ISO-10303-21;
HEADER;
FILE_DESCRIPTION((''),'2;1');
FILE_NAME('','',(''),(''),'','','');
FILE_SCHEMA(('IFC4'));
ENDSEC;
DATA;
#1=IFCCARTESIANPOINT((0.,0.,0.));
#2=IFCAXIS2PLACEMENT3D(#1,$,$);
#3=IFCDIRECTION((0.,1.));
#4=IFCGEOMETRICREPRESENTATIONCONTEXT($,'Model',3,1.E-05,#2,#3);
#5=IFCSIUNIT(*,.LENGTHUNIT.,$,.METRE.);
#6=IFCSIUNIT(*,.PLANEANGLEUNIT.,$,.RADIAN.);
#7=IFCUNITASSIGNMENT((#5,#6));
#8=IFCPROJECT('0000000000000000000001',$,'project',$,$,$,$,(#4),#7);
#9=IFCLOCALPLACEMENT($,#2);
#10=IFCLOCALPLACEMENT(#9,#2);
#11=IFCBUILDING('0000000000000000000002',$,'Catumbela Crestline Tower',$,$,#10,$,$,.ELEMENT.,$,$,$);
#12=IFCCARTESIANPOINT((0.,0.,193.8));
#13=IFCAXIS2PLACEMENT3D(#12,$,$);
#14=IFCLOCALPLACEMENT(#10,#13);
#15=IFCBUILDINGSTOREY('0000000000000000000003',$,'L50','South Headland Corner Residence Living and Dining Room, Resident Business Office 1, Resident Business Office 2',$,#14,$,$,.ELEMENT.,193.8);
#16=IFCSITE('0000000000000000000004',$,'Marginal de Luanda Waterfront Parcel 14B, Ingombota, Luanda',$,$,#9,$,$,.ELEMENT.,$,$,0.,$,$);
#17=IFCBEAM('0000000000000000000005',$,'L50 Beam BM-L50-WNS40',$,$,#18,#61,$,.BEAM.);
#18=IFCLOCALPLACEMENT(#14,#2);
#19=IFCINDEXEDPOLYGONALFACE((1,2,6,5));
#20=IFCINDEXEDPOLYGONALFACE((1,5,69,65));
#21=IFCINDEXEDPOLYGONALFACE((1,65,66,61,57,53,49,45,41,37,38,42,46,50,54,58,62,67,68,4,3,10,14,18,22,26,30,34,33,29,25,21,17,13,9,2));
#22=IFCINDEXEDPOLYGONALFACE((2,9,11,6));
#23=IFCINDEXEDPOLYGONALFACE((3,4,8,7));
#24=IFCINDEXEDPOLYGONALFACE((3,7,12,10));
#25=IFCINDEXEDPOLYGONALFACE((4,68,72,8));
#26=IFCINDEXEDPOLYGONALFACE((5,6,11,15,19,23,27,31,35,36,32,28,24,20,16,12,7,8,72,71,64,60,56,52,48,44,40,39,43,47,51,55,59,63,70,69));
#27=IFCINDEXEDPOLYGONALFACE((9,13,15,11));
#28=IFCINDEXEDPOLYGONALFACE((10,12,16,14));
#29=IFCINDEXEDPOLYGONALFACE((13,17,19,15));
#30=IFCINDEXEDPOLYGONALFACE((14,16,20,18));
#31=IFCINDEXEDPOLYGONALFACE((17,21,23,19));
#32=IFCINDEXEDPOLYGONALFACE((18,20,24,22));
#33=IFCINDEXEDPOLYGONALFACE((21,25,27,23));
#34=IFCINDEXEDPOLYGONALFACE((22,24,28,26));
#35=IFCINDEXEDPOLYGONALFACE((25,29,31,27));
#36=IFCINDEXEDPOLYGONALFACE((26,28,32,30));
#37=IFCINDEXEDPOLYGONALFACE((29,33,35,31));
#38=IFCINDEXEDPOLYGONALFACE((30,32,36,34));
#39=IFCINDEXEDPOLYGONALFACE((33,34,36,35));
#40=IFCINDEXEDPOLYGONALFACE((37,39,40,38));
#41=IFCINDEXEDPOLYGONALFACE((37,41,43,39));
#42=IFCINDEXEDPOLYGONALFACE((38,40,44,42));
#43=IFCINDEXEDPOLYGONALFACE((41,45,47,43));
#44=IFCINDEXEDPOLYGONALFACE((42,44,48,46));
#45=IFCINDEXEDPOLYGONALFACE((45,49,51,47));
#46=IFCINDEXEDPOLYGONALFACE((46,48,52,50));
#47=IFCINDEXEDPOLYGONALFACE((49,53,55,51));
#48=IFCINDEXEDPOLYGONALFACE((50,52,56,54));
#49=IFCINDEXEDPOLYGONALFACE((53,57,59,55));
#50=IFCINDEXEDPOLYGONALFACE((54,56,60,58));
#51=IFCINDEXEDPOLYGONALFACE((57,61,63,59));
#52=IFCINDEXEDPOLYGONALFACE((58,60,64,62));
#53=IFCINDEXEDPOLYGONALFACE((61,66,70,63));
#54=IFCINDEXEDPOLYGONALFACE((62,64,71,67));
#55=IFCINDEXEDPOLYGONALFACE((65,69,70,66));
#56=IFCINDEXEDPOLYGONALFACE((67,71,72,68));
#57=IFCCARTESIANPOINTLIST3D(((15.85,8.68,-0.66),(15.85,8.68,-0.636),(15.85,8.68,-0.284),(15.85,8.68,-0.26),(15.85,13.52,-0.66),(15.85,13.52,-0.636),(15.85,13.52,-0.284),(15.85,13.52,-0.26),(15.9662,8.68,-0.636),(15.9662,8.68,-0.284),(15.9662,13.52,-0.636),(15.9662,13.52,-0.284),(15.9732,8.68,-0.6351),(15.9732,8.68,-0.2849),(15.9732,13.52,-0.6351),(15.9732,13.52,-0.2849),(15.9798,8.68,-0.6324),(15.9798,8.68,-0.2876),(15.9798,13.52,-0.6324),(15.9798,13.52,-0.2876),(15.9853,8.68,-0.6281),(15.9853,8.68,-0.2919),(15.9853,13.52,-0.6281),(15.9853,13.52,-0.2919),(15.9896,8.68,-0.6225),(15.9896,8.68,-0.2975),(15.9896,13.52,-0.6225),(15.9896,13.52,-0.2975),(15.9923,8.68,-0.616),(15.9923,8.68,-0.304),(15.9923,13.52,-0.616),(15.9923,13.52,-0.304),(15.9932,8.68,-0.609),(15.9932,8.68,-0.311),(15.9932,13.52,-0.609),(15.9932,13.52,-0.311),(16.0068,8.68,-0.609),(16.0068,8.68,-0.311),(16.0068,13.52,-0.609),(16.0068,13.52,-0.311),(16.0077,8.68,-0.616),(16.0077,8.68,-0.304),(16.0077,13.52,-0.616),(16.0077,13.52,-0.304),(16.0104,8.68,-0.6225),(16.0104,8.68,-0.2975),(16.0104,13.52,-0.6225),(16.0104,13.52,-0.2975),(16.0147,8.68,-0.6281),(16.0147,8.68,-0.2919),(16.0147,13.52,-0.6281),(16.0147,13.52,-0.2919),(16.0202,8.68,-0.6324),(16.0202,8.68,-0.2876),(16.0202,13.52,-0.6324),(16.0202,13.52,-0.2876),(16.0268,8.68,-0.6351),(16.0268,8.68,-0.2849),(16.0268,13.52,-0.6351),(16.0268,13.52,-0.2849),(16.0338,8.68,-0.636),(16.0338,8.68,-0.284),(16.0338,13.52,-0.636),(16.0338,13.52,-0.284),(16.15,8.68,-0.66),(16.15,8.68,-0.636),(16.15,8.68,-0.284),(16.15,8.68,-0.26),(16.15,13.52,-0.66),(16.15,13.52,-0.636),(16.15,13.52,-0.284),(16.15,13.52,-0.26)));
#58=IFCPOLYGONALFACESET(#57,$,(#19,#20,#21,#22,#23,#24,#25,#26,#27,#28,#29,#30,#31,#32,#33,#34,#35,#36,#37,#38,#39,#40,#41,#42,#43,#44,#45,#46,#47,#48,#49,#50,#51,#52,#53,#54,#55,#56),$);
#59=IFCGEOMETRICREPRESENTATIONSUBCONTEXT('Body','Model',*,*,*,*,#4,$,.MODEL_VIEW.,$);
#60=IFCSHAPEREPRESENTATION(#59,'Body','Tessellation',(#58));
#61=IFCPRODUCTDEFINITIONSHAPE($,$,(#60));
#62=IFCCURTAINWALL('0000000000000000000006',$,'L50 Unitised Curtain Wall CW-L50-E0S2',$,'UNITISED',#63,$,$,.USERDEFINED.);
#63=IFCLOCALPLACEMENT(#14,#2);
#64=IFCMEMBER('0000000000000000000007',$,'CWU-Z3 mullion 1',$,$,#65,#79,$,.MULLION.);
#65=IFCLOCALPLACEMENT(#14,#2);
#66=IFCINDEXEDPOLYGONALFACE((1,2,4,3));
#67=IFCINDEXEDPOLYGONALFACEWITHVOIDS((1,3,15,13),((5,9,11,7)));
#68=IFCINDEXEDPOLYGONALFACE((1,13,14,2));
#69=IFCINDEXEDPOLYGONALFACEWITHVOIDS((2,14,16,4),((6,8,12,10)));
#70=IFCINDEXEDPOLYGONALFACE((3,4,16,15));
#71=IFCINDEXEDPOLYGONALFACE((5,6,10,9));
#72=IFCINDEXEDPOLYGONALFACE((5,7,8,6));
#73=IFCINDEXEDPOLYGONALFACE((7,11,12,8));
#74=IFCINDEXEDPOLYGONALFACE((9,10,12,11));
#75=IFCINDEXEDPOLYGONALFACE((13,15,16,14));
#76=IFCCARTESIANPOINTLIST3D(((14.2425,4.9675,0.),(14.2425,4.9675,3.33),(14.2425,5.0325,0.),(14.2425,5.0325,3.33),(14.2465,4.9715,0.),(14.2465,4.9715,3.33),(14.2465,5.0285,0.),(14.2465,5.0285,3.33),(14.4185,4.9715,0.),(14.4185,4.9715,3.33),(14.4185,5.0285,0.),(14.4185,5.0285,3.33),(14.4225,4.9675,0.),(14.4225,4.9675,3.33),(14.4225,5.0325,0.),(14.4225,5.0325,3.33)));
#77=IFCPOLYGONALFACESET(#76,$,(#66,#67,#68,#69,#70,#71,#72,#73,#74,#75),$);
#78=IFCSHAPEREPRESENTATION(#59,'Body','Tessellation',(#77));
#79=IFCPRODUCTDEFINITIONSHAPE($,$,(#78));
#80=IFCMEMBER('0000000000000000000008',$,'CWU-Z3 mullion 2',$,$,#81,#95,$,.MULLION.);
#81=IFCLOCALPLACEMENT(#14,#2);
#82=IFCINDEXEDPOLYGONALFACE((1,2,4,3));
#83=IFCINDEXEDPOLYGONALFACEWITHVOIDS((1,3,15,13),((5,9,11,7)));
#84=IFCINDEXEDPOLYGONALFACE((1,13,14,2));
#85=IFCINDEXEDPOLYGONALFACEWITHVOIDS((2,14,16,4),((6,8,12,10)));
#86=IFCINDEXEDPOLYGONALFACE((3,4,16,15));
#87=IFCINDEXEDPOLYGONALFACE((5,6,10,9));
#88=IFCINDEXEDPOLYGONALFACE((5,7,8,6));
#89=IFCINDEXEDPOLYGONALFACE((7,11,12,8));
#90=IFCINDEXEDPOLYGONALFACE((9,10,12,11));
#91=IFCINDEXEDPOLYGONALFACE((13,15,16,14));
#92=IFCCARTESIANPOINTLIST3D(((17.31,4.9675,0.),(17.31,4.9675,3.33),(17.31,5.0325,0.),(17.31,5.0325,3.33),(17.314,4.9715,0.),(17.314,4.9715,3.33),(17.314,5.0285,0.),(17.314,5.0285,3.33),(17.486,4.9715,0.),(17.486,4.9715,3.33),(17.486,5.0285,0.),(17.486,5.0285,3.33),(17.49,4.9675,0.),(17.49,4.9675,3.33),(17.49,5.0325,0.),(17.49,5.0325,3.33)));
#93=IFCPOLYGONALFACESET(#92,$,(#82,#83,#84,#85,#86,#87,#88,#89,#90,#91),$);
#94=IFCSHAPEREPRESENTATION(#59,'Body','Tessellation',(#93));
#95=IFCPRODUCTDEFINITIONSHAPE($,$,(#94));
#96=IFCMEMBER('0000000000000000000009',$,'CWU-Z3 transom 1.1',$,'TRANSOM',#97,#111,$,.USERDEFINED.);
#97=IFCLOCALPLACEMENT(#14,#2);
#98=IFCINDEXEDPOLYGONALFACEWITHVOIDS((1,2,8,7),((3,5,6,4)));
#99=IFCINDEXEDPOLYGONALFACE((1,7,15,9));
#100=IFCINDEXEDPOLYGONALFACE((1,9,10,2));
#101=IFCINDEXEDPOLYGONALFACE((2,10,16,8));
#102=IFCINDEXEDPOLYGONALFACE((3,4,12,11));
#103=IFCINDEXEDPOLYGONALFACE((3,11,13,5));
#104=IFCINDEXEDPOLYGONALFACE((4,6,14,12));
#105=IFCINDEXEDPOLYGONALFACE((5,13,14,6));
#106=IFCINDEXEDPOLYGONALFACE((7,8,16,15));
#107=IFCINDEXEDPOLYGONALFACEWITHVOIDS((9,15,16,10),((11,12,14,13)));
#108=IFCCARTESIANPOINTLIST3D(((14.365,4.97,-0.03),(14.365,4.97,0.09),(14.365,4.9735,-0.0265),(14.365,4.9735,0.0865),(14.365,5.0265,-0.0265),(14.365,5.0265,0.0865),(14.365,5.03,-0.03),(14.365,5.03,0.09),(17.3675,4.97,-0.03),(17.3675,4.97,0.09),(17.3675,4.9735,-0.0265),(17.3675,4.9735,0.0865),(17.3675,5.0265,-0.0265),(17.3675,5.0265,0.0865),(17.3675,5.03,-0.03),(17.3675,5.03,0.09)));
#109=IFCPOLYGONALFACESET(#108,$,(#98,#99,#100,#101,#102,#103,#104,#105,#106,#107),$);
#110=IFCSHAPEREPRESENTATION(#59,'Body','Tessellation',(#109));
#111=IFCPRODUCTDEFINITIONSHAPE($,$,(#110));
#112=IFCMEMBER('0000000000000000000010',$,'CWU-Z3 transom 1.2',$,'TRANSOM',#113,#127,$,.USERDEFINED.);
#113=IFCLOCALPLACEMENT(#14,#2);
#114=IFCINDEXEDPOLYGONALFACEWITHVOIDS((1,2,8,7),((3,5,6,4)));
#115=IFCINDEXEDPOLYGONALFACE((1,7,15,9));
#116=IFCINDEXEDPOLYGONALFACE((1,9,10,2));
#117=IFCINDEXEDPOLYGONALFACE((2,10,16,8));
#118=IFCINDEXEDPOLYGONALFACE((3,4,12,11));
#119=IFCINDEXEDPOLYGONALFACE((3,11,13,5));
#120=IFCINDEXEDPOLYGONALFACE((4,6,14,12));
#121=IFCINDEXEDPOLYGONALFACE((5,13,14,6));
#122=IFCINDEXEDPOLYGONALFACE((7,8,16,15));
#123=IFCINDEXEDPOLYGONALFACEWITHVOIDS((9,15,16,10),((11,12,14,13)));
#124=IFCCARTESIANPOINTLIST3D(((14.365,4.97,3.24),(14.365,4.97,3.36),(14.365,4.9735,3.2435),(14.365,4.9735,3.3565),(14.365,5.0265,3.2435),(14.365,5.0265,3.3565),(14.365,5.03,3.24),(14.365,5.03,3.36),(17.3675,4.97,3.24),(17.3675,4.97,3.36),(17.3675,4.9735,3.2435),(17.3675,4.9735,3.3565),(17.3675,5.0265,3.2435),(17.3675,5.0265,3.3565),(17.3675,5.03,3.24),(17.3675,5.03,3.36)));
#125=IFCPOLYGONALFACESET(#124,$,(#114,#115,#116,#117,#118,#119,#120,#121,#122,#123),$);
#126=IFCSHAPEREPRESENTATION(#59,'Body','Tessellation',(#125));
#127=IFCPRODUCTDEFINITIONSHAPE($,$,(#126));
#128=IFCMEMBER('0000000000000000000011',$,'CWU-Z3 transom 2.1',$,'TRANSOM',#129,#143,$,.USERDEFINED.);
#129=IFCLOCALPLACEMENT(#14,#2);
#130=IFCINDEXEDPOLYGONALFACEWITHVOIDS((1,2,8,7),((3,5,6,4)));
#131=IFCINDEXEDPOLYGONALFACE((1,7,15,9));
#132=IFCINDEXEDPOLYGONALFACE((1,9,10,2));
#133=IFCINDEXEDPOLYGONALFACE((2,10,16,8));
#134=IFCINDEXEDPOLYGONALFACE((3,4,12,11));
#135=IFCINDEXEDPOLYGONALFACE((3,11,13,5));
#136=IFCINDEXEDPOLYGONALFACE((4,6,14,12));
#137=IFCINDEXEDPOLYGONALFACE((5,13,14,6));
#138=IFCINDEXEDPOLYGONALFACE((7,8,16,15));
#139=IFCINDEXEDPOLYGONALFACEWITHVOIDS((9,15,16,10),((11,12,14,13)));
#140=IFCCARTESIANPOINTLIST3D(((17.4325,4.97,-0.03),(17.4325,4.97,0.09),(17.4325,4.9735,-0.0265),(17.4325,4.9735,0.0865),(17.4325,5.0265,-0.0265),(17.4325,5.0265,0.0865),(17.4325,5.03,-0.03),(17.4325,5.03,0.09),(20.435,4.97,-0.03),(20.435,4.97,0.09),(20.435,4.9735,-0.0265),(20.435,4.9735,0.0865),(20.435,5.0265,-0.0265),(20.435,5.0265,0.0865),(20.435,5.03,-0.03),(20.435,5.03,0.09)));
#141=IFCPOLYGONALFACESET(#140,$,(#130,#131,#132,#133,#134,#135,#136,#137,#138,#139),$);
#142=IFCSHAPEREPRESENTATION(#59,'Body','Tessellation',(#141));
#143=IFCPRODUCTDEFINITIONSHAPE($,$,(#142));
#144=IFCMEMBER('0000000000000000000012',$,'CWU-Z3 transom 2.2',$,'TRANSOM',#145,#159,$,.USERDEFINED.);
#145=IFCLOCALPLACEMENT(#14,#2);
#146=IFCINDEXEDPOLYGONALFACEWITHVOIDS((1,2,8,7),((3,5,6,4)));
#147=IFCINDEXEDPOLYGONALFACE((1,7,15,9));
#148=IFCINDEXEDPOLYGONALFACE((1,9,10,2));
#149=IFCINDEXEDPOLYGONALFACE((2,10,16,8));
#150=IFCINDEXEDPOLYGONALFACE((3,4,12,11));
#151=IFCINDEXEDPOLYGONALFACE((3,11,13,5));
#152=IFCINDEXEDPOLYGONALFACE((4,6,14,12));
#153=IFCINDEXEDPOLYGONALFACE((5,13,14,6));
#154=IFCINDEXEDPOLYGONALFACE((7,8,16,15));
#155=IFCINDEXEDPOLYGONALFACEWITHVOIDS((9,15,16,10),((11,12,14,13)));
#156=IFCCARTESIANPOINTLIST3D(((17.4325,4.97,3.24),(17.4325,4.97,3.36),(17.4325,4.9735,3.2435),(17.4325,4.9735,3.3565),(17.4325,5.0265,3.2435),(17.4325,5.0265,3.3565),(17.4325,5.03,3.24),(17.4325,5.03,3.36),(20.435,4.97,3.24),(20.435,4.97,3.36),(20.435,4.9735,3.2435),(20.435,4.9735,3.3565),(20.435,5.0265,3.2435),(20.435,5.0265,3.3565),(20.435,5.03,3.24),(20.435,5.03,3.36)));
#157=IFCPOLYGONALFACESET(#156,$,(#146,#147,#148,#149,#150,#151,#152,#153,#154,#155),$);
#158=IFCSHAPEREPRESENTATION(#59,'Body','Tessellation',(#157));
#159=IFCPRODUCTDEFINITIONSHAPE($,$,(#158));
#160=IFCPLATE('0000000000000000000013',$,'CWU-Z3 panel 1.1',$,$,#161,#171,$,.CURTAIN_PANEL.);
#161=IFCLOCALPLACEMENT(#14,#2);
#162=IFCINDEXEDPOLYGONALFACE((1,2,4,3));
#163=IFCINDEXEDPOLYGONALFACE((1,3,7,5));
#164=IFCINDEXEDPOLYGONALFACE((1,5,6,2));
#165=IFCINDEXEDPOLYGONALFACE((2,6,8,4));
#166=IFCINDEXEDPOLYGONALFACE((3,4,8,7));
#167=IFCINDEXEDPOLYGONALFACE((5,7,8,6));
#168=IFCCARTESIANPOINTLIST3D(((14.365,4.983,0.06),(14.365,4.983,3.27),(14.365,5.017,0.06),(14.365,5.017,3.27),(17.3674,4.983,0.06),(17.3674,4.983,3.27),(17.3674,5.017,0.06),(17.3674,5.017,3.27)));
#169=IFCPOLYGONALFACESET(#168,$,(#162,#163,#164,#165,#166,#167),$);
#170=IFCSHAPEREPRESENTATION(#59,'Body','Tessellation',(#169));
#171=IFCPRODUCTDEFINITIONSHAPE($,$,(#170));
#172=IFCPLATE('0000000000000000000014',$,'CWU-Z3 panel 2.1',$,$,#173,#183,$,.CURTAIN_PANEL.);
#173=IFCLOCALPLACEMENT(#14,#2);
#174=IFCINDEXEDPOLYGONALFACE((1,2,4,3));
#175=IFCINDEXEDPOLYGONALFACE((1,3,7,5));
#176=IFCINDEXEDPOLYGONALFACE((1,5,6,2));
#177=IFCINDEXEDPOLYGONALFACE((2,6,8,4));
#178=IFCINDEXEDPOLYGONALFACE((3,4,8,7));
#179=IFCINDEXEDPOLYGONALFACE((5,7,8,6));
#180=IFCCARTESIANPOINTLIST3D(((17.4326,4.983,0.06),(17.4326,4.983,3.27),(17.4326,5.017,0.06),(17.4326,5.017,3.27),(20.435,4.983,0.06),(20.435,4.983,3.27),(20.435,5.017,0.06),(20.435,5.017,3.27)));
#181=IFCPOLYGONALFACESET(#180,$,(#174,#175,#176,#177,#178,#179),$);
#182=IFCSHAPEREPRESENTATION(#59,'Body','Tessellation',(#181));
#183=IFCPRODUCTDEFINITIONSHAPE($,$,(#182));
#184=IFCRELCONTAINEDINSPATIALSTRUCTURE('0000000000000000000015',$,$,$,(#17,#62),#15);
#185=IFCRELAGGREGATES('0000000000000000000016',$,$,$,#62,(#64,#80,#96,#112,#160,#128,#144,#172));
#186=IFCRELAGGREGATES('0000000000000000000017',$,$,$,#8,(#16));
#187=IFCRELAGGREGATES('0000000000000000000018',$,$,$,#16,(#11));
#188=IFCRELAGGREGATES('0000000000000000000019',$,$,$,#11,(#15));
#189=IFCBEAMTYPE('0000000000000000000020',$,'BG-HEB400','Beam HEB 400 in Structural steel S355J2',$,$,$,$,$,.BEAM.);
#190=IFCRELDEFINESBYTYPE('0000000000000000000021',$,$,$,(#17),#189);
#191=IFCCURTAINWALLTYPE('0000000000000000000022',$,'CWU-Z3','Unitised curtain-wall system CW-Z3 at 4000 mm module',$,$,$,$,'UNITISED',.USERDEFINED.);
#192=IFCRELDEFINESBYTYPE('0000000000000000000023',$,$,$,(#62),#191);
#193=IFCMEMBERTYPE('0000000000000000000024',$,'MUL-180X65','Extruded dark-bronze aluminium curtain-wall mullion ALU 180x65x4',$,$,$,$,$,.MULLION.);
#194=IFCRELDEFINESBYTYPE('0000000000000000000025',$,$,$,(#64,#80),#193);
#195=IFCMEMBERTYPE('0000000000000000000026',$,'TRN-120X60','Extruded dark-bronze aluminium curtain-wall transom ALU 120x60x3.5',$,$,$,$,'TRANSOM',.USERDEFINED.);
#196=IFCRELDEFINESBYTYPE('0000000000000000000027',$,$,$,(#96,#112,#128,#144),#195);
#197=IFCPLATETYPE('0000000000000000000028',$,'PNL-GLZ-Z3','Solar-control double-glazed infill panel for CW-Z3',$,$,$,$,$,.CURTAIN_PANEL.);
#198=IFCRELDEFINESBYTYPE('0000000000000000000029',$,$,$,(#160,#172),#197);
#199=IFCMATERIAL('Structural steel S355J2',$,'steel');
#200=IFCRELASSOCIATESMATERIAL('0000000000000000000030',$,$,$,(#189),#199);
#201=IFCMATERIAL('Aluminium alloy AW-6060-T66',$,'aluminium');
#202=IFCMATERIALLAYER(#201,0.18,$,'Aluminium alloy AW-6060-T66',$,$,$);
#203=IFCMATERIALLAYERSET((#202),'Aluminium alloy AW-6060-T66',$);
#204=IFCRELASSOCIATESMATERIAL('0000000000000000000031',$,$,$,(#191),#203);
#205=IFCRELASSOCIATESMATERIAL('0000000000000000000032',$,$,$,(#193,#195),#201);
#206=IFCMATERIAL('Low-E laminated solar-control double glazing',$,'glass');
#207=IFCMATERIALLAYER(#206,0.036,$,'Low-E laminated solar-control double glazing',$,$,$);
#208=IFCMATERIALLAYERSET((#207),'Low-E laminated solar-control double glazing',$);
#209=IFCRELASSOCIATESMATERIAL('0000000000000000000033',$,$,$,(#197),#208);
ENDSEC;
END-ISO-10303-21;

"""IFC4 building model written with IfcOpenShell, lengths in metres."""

from ifc_helpers import new_model, si_unit, direction, frame, origin, origin_2d, place, context, subcontext, project, spatial, rectangle, hollow_rectangle, i_section, extrude, material, layer, layer_set, material_profile, profile_set, type_object, element, aggregate, save


model = new_model("IFC4")

# Units and contexts
model_context = context("Model", 3, precision=1e-05, world=origin(), true_north=direction((0.0, 1.0)))
body_context = subcontext(model_context, "Body", "Model", "MODEL_VIEW")
ifc_project = project(units=[si_unit("LENGTHUNIT", "METRE"), si_unit("PLANEANGLEUNIT", "RADIAN")], contexts=[model_context])

# Site, building, storey
site_placement = place(None, origin())
site = spatial("IfcSite", under=ifc_project, at=site_placement, Name="Marginal de Luanda Waterfront Parcel 14B, Ingombota, Luanda", CompositionType="ELEMENT", RefElevation=0.0)
building_placement = place(site_placement, origin())
building = spatial("IfcBuilding", under=site, at=building_placement, Name="Catumbela Crestline Tower", CompositionType="ELEMENT")
storey_placement = place(building_placement, frame((0.0, 0.0, 193.8)))
storey = spatial("IfcBuildingStorey", under=building, at=storey_placement, Name="L50", Description="South Headland Corner Residence Living and Dining Room, Resident Business Office 1, Resident Business Office 2", CompositionType="ELEMENT", Elevation=193.8)

# Shared definitions
ifc_material_1 = material(Name="Structural steel S355J2", Category="steel")

# Beam
ifc_material_profile_1 = material_profile(ifc_material_1, i_section(OverallWidth=0.3, OverallDepth=0.4, WebThickness=0.0135, FlangeThickness=0.024, FilletRadius=0.027, at=origin_2d()), Name="HEB 400")
ifc_profile_set_1 = profile_set([ifc_material_profile_1], Name="Structural steel S355J2")
beam_type = type_object("IfcBeamType", Name="BG-HEB400", Description="Beam HEB 400 in Structural steel S355J2", PredefinedType="BEAM", material=ifc_profile_set_1)
for number, where, z_axis, x_axis, name in (
    (1, (16.0, 8.68, -0.46), (0.0, 1.0, 0.0), (-1.0, 0.0, 0.0), "L50 Beam BM-L50-WNS40"),
):
    element("IfcBeam", number, at=place(storey_placement, frame(where, z_axis=z_axis, x_axis=x_axis)), inside=storey, type_object=beam_type, Name=name, PredefinedType="BEAM", context=body_context, shape_type="SweptSolid", body=[
        extrude(i_section(OverallWidth=0.3, OverallDepth=0.4, WebThickness=0.0135, FlangeThickness=0.024, FilletRadius=0.027, at=origin_2d()), origin(), (0.0, 0.0, 1.0), 4.84),
    ])

# Curtain wall, members, plates
ifc_material_2 = material(Name="Aluminium alloy AW-6060-T66", Category="aluminium")
ifc_layer_1 = layer(ifc_material_2, 0.18, Name="Aluminium alloy AW-6060-T66")
ifc_layer_set_1 = layer_set([ifc_layer_1], Name="Aluminium alloy AW-6060-T66")
curtain_wall_type = type_object("IfcCurtainWallType", Name="CWU-Z3", Description="Unitised curtain-wall system CW-Z3 at 4000 mm module", ElementType="UNITISED", PredefinedType="USERDEFINED", material=ifc_layer_set_1)
curtain_wall_placement = place(storey_placement, origin())
curtain_wall = element("IfcCurtainWall", 2, at=curtain_wall_placement, inside=storey, type_object=curtain_wall_type, Name="L50 Unitised Curtain Wall CW-L50-E0S2", ObjectType="UNITISED", PredefinedType="USERDEFINED")
ifc_material_profile_2 = material_profile(ifc_material_2, hollow_rectangle(XDim=0.065, YDim=0.18, WallThickness=0.004, at=origin_2d()), Name="ALU 180x65x4")
ifc_profile_set_2 = profile_set([ifc_material_profile_2], Name="Aluminium alloy AW-6060-T66")
member_type_1 = type_object("IfcMemberType", Name="MUL-180X65", Description="Extruded dark-bronze aluminium curtain-wall mullion ALU 180x65x4", PredefinedType="MULLION", material=ifc_profile_set_2)
member_1_placement = place(storey_placement, frame((14.3325, 5.0, 0.0), z_axis=(0.0, 0.0, 1.0), x_axis=(0.0, 1.0, 0.0)))
member_1 = element("IfcMember", 3, at=member_1_placement, type_object=member_type_1, Name="CWU-Z3 mullion 1", PredefinedType="MULLION", context=body_context, shape_type="SweptSolid", body=[
    extrude(hollow_rectangle(XDim=0.065, YDim=0.18, WallThickness=0.004, at=origin_2d()), origin(), (0.0, 0.0, 1.0), 3.33),
])
member_2_placement = place(storey_placement, frame((17.4, 5.0, 0.0), z_axis=(0.0, 0.0, 1.0), x_axis=(0.0, 1.0, 0.0)))
member_2 = element("IfcMember", 4, at=member_2_placement, type_object=member_type_1, Name="CWU-Z3 mullion 2", PredefinedType="MULLION", context=body_context, shape_type="SweptSolid", body=[
    extrude(hollow_rectangle(XDim=0.065, YDim=0.18, WallThickness=0.004, at=origin_2d()), origin(), (0.0, 0.0, 1.0), 3.33),
])
ifc_material_profile_3 = material_profile(ifc_material_2, hollow_rectangle(XDim=0.06, YDim=0.12, WallThickness=0.0035, at=origin_2d()), Name="ALU 120x60x3.5")
ifc_profile_set_3 = profile_set([ifc_material_profile_3], Name="Aluminium alloy AW-6060-T66")
member_type_2 = type_object("IfcMemberType", Name="TRN-120X60", Description="Extruded dark-bronze aluminium curtain-wall transom ALU 120x60x3.5", ElementType="TRANSOM", PredefinedType="USERDEFINED", material=ifc_profile_set_3)
member_3_placement = place(storey_placement, frame((14.365, 5.0, 0.03), z_axis=(1.0, 0.0, 0.0), x_axis=(0.0, 1.0, 0.0)))
member_3 = element("IfcMember", 5, at=member_3_placement, type_object=member_type_2, Name="CWU-Z3 transom 1.1", ObjectType="TRANSOM", PredefinedType="USERDEFINED", context=body_context, shape_type="SweptSolid", body=[
    extrude(hollow_rectangle(XDim=0.06, YDim=0.12, WallThickness=0.0035, at=origin_2d()), origin(), (0.0, 0.0, 1.0), 3.0025),
])
member_4_placement = place(storey_placement, frame((14.365, 5.0, 3.3), z_axis=(1.0, 0.0, 0.0), x_axis=(0.0, 1.0, 0.0)))
member_4 = element("IfcMember", 6, at=member_4_placement, type_object=member_type_2, Name="CWU-Z3 transom 1.2", ObjectType="TRANSOM", PredefinedType="USERDEFINED", context=body_context, shape_type="SweptSolid", body=[
    extrude(hollow_rectangle(XDim=0.06, YDim=0.12, WallThickness=0.0035, at=origin_2d()), origin(), (0.0, 0.0, 1.0), 3.0025),
])
member_5_placement = place(storey_placement, frame((17.4325, 5.0, 0.03), z_axis=(1.0, 0.0, 0.0), x_axis=(0.0, 1.0, 0.0)))
member_5 = element("IfcMember", 7, at=member_5_placement, type_object=member_type_2, Name="CWU-Z3 transom 2.1", ObjectType="TRANSOM", PredefinedType="USERDEFINED", context=body_context, shape_type="SweptSolid", body=[
    extrude(hollow_rectangle(XDim=0.06, YDim=0.12, WallThickness=0.0035, at=origin_2d()), origin(), (0.0, 0.0, 1.0), 3.0025),
])
member_6_placement = place(storey_placement, frame((17.4325, 5.0, 3.3), z_axis=(1.0, 0.0, 0.0), x_axis=(0.0, 1.0, 0.0)))
member_6 = element("IfcMember", 8, at=member_6_placement, type_object=member_type_2, Name="CWU-Z3 transom 2.2", ObjectType="TRANSOM", PredefinedType="USERDEFINED", context=body_context, shape_type="SweptSolid", body=[
    extrude(hollow_rectangle(XDim=0.06, YDim=0.12, WallThickness=0.0035, at=origin_2d()), origin(), (0.0, 0.0, 1.0), 3.0025),
])
ifc_material_3 = material(Name="Low-E laminated solar-control double glazing", Category="glass")
ifc_layer_2 = layer(ifc_material_3, 0.036, Name="Low-E laminated solar-control double glazing")
ifc_layer_set_2 = layer_set([ifc_layer_2], Name="Low-E laminated solar-control double glazing")
plate_type = type_object("IfcPlateType", Name="PNL-GLZ-Z3", Description="Solar-control double-glazed infill panel for CW-Z3", PredefinedType="CURTAIN_PANEL", material=ifc_layer_set_2)
plate_1_placement = place(storey_placement, frame((15.8662, 5.0, 0.06), z_axis=(0.0, 0.0, 1.0), x_axis=(1.0, 0.0, 0.0)))
plate_1 = element("IfcPlate", 9, at=plate_1_placement, type_object=plate_type, Name="CWU-Z3 panel 1.1", PredefinedType="CURTAIN_PANEL", context=body_context, shape_type="SweptSolid", body=[
    extrude(rectangle(XDim=3.0025, YDim=0.034, at=origin_2d()), origin(), (0.0, 0.0, 1.0), 3.21),
])
plate_2_placement = place(storey_placement, frame((18.9338, 5.0, 0.06), z_axis=(0.0, 0.0, 1.0), x_axis=(1.0, 0.0, 0.0)))
plate_2 = element("IfcPlate", 10, at=plate_2_placement, type_object=plate_type, Name="CWU-Z3 panel 2.1", PredefinedType="CURTAIN_PANEL", context=body_context, shape_type="SweptSolid", body=[
    extrude(rectangle(XDim=3.0025, YDim=0.034, at=origin_2d()), origin(), (0.0, 0.0, 1.0), 3.21),
])
aggregate(curtain_wall, [member_1, member_2, member_3, member_4, plate_1, member_5, member_6, plate_2])

save(model, "model.ifc")
